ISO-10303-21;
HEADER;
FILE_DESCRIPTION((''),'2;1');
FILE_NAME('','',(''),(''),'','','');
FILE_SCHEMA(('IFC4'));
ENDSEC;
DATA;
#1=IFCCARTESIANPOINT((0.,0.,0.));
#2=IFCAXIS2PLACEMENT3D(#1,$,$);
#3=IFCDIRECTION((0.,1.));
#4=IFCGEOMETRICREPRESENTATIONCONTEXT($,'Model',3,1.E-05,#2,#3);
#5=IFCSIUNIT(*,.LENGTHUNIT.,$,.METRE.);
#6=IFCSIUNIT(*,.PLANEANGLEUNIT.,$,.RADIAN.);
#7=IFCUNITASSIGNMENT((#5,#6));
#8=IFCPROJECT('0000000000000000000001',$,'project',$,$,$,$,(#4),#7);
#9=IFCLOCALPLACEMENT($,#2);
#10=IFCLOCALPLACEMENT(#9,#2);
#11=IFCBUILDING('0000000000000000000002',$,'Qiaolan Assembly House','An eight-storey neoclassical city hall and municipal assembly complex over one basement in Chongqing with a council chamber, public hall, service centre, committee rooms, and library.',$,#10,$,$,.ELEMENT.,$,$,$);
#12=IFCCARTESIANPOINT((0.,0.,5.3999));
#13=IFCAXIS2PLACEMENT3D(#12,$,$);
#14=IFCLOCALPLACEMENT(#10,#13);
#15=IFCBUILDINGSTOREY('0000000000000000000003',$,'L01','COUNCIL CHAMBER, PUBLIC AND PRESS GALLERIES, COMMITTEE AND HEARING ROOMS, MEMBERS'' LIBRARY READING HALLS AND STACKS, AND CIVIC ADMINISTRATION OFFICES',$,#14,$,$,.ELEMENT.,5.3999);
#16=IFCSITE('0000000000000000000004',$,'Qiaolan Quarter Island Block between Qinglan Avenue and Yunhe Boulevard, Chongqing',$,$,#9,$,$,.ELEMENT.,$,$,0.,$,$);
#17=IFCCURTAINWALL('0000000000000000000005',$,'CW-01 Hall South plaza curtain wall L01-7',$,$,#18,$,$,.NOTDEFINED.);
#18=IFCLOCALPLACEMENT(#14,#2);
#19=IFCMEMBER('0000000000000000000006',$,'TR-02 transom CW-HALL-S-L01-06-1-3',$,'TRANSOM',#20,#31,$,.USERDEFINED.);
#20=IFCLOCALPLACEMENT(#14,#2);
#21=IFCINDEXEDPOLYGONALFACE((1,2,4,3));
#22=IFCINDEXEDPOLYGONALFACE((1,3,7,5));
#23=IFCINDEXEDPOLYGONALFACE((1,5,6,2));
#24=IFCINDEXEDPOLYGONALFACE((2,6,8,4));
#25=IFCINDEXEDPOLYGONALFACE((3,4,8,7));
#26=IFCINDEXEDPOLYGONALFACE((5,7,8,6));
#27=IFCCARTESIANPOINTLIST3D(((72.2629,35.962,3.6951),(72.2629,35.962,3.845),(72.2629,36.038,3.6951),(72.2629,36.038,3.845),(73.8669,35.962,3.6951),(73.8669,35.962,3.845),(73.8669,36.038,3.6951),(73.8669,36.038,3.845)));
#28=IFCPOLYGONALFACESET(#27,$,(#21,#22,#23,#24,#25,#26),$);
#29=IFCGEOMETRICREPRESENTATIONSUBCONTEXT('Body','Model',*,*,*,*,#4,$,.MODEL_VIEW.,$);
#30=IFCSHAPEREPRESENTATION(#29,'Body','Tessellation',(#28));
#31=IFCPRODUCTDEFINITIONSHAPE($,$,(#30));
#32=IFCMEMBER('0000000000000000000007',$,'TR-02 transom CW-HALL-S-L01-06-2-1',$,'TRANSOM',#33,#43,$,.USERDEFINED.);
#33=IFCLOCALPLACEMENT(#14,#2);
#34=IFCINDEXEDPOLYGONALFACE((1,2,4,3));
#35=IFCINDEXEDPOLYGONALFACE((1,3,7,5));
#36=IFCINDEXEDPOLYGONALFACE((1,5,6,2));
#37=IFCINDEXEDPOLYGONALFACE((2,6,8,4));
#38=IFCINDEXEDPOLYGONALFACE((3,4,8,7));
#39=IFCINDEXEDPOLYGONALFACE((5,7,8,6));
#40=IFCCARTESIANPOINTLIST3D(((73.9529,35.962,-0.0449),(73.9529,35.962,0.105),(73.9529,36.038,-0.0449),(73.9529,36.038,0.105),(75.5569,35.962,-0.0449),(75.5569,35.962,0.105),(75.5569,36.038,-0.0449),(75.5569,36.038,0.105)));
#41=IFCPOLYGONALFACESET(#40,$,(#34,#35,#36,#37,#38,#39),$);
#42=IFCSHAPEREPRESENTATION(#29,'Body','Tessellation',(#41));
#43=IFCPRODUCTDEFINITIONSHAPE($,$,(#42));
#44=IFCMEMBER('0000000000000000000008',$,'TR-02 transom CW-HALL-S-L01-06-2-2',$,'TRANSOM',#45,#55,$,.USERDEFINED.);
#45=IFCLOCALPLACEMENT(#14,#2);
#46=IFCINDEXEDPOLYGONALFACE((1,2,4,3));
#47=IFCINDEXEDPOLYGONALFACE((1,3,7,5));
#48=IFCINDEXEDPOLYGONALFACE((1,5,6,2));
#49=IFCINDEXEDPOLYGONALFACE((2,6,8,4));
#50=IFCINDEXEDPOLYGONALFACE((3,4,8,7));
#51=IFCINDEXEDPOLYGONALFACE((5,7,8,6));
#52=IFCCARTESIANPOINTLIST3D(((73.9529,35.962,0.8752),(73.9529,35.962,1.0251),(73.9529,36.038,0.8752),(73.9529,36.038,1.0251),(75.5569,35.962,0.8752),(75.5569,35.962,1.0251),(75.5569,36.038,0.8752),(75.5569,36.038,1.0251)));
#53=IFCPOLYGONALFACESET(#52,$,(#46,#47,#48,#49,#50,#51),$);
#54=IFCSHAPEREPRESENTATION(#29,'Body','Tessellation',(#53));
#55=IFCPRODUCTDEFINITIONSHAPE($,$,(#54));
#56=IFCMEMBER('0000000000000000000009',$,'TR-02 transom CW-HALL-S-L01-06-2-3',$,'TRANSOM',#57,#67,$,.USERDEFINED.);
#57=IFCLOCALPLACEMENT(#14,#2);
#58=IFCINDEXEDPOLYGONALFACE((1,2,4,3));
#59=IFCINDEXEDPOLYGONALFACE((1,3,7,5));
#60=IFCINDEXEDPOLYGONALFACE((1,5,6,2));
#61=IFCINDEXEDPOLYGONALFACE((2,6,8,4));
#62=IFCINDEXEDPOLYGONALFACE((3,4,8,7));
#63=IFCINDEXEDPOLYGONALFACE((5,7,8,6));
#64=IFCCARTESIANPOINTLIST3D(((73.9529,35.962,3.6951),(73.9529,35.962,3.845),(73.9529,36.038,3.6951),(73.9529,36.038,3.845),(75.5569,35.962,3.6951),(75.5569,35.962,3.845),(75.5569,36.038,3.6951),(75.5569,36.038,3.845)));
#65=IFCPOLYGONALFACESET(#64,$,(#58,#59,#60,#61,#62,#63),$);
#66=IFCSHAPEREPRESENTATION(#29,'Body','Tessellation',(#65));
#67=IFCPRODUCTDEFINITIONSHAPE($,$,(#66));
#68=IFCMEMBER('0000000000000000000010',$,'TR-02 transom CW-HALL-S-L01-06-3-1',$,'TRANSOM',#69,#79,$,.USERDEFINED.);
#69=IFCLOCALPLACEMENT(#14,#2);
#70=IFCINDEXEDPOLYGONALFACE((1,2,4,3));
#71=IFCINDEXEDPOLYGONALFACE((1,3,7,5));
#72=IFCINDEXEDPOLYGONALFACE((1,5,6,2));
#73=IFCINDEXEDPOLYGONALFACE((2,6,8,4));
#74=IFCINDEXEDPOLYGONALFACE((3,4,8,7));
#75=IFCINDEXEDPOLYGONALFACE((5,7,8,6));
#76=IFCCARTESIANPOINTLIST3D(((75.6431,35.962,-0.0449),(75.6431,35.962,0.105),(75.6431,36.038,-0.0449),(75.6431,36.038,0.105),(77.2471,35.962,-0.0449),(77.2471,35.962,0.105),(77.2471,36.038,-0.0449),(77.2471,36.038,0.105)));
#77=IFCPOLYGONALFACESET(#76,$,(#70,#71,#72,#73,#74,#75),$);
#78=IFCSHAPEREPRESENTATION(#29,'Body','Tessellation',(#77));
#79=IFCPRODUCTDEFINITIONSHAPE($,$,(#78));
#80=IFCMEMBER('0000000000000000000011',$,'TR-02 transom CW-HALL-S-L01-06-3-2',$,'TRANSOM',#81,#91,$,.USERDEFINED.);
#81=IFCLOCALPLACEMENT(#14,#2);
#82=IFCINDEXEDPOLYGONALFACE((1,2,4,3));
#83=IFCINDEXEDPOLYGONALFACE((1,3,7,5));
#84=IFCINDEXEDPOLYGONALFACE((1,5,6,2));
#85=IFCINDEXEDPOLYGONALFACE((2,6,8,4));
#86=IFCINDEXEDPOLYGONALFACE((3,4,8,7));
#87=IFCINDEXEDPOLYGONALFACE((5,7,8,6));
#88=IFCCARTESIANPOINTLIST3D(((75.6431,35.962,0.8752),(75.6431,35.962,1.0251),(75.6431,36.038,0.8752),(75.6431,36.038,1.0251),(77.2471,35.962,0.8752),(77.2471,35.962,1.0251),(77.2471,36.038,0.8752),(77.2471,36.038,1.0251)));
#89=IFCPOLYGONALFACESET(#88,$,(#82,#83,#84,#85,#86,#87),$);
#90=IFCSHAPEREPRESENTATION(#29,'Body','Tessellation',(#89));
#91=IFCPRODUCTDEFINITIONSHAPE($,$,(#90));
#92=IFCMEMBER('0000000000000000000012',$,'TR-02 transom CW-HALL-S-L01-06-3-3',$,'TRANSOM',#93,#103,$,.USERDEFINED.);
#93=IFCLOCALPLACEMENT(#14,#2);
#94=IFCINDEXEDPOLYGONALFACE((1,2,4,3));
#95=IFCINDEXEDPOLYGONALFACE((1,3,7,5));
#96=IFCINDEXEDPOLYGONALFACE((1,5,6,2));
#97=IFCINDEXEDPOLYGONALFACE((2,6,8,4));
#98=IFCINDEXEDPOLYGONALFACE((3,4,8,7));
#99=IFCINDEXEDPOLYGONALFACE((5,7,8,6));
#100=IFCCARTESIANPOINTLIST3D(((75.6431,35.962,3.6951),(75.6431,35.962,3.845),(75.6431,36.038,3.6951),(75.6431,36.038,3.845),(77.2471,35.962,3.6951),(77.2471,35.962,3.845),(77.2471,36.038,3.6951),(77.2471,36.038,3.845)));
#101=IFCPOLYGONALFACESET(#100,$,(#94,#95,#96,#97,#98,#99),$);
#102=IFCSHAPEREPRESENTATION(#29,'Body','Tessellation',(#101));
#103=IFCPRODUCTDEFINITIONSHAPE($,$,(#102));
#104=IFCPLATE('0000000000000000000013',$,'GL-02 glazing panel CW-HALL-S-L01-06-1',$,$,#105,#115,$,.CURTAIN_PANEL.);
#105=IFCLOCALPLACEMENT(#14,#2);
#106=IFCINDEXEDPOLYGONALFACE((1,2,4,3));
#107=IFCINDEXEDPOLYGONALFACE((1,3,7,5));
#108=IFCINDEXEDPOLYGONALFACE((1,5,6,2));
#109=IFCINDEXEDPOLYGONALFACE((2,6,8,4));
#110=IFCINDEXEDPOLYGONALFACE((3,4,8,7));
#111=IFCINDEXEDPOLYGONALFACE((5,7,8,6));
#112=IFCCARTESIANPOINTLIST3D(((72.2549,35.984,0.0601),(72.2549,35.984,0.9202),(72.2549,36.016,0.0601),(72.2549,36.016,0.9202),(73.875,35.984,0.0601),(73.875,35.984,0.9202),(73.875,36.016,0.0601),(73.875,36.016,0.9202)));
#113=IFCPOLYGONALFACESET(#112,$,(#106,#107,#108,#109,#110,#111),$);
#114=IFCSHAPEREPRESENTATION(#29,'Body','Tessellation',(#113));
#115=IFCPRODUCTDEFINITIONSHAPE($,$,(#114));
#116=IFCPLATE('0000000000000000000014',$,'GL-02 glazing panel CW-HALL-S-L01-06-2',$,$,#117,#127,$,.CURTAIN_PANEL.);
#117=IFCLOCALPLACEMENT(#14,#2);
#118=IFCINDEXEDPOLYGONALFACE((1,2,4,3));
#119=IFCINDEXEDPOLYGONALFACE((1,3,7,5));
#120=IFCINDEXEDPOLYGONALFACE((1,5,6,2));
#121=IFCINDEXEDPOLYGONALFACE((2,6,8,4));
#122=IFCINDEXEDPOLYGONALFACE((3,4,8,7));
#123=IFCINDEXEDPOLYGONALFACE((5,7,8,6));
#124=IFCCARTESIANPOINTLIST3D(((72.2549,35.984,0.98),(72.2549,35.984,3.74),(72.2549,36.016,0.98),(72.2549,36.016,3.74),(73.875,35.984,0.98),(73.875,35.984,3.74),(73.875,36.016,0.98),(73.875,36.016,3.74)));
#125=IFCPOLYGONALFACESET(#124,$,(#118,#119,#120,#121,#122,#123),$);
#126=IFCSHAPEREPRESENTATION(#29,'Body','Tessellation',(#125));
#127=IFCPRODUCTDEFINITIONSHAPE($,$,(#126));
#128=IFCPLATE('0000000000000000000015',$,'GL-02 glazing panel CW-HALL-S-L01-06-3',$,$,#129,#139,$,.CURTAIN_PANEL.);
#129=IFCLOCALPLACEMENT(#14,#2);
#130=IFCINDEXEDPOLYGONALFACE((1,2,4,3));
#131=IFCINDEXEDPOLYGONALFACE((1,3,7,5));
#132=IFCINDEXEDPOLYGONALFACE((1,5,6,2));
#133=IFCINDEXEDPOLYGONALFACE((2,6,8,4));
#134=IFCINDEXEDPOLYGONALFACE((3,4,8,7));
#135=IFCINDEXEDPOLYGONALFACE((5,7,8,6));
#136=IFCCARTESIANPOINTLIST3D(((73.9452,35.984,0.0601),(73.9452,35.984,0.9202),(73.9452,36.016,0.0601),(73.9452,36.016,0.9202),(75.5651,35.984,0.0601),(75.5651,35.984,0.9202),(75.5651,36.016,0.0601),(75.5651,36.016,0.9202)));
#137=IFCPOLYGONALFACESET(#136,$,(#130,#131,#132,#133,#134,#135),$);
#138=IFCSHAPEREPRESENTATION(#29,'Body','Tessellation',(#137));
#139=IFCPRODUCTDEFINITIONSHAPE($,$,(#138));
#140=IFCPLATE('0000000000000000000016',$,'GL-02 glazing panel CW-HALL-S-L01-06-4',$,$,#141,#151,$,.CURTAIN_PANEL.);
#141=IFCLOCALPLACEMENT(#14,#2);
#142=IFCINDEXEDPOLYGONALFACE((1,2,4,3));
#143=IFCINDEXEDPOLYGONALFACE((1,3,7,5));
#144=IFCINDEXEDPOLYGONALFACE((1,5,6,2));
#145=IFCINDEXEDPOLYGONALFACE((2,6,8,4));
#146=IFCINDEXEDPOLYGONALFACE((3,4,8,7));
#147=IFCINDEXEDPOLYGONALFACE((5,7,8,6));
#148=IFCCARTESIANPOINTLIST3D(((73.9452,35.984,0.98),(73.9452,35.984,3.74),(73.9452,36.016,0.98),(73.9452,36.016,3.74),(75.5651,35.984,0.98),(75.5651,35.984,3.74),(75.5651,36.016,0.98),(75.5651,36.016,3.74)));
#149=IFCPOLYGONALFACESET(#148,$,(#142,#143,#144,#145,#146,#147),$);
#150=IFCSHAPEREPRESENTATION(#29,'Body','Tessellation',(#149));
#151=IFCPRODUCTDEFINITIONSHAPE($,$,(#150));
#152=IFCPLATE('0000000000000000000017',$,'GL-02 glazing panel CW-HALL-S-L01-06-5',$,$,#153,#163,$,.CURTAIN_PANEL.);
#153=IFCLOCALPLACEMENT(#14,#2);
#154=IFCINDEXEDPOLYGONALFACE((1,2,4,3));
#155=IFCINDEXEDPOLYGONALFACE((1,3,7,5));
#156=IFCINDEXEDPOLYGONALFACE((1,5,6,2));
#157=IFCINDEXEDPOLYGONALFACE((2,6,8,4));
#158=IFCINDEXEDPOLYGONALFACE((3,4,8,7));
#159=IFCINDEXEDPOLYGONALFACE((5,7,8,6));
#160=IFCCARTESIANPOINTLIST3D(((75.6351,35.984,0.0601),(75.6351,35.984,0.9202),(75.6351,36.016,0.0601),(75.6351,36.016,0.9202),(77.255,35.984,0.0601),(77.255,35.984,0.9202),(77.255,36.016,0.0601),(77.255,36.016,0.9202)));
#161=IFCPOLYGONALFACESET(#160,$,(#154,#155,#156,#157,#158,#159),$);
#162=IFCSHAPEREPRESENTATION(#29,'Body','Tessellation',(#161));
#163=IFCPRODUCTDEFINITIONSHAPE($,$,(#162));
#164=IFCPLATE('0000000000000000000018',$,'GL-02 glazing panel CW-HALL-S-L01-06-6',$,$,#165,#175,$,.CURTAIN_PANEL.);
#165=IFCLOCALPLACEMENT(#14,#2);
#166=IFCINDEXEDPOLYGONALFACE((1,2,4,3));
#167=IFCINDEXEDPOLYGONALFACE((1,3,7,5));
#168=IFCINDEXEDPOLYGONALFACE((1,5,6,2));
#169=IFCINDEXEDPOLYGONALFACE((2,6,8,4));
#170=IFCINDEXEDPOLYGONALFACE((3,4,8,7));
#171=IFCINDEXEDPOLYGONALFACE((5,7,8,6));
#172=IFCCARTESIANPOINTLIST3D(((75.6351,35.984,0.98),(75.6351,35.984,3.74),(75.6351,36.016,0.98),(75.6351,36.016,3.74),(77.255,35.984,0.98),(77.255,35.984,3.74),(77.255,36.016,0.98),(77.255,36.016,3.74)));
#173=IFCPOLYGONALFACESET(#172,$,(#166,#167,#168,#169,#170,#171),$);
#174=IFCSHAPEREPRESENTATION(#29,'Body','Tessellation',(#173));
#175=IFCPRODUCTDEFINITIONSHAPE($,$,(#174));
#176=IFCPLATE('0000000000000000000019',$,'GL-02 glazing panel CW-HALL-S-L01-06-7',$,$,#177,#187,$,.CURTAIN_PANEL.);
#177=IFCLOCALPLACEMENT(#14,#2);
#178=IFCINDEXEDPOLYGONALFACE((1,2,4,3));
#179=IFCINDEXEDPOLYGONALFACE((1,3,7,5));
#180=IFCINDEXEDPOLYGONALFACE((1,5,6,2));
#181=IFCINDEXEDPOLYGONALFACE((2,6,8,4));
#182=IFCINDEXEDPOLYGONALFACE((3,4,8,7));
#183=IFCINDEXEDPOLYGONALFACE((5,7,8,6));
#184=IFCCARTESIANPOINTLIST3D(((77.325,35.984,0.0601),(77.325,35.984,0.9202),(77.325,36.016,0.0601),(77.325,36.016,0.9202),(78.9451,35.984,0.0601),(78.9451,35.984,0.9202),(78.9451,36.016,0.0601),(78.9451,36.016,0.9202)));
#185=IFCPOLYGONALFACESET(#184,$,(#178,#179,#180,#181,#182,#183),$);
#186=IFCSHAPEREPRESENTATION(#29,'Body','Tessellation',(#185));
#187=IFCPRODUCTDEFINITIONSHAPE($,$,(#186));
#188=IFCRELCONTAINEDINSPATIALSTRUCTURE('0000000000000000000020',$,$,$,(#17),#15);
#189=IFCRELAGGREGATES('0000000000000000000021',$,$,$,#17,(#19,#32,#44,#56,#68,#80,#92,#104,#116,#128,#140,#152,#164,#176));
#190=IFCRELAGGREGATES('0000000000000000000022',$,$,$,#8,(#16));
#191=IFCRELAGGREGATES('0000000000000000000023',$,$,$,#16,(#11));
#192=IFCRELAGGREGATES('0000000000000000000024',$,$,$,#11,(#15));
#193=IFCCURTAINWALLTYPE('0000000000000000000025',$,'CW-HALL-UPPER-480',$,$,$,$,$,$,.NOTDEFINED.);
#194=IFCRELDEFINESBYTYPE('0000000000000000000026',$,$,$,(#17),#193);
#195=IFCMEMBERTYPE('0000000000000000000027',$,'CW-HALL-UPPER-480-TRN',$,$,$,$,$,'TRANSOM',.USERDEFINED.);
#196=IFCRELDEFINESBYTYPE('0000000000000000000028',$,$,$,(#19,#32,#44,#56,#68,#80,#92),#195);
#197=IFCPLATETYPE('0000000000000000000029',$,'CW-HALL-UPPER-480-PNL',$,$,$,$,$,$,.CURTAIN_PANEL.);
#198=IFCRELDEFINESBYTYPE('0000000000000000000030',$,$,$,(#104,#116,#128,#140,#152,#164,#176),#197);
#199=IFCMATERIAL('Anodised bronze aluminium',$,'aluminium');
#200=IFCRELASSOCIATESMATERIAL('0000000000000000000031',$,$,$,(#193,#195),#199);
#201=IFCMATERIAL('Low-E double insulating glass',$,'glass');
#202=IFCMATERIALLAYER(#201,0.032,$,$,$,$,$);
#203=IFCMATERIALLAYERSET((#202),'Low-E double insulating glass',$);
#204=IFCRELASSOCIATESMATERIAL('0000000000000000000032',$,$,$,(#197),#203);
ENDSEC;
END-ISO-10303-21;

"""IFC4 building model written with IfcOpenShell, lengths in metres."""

from ifc_helpers import new_model, si_unit, direction, frame, frame_2d, origin, origin_2d, place, context, subcontext, project, spatial, rectangle, extrude, material, layer, layer_set, material_profile, profile_set, type_object, element, aggregate, save


model = new_model("IFC4")

# Units and contexts
model_context = context("Model", 3, precision=1e-05, world=origin(), true_north=direction((0.0, 1.0)))
body_context = subcontext(model_context, "Body", "Model", "MODEL_VIEW")
ifc_project = project(units=[si_unit("LENGTHUNIT", "METRE"), si_unit("PLANEANGLEUNIT", "RADIAN")], contexts=[model_context])

# Site, building, storey
site_placement = place(None, origin())
site = spatial("IfcSite", under=ifc_project, at=site_placement, Name="Qiaolan Quarter Island Block between Qinglan Avenue and Yunhe Boulevard, Chongqing", CompositionType="ELEMENT", RefElevation=0.0)
building_placement = place(site_placement, origin())
building = spatial("IfcBuilding", under=site, at=building_placement, Name="Qiaolan Assembly House", Description="An eight-storey neoclassical city hall and municipal assembly complex over one basement in Chongqing with a council chamber, public hall, service centre, committee rooms, and library.", CompositionType="ELEMENT")
storey_placement = place(building_placement, frame((0.0, 0.0, 5.3999)))
storey = spatial("IfcBuildingStorey", under=building, at=storey_placement, Name="L01", Description="COUNCIL CHAMBER, PUBLIC AND PRESS GALLERIES, COMMITTEE AND HEARING ROOMS, MEMBERS' LIBRARY READING HALLS AND STACKS, AND CIVIC ADMINISTRATION OFFICES", CompositionType="ELEMENT", Elevation=5.3999)

# Shared definitions
ifc_material_1 = material(Name="Anodised bronze aluminium", Category="aluminium")
curtain_wall_type = type_object("IfcCurtainWallType", Name="CW-HALL-UPPER-480", PredefinedType="NOTDEFINED", material=ifc_material_1)

# Curtain wall, members, plates
curtain_wall_1_placement = place(storey_placement, origin())
curtain_wall_1 = element("IfcCurtainWall", 1, at=curtain_wall_1_placement, inside=storey, type_object=curtain_wall_type, Name="CW-01 Hall South plaza curtain wall L01-7", PredefinedType="NOTDEFINED")
ifc_material_profile_1 = material_profile(ifc_material_1, rectangle(XDim=0.0759, YDim=0.1499, at=origin_2d()), Name="TRN 76x150")
ifc_profile_set_1 = profile_set([ifc_material_profile_1], Name="Anodised bronze aluminium")
member_type_1 = type_object("IfcMemberType", Name="CW-HALL-UPPER-480-TRN", ElementType="TRANSOM", PredefinedType="USERDEFINED", material=ifc_profile_set_1)
member_1_placement = place(storey_placement, frame((72.2629, 36.0, 3.77), z_axis=(1.0, 0.0, 0.0), x_axis=(0.0, 1.0, 0.0)))
member_1 = element("IfcMember", 2, at=member_1_placement, type_object=member_type_1, Name="TR-02 transom CW-HALL-S-L01-06-1-3", ObjectType="TRANSOM", PredefinedType="USERDEFINED", context=body_context, shape_type="SweptSolid", body=[
    extrude(rectangle(XDim=0.0759, YDim=0.1499, at=origin_2d()), origin(), (0.0, 0.0, 1.0), 1.604),
])
member_2_placement = place(storey_placement, frame((73.9529, 36.0, 0.03), z_axis=(1.0, 0.0, 0.0), x_axis=(0.0, 1.0, 0.0)))
member_2 = element("IfcMember", 3, at=member_2_placement, type_object=member_type_1, Name="TR-02 transom CW-HALL-S-L01-06-2-1", ObjectType="TRANSOM", PredefinedType="USERDEFINED", context=body_context, shape_type="SweptSolid", body=[
    extrude(rectangle(XDim=0.0759, YDim=0.1499, at=origin_2d()), origin(), (0.0, 0.0, 1.0), 1.604),
])
member_3_placement = place(storey_placement, frame((73.9529, 36.0, 0.9502), z_axis=(1.0, 0.0, 0.0), x_axis=(0.0, 1.0, 0.0)))
member_3 = element("IfcMember", 4, at=member_3_placement, type_object=member_type_1, Name="TR-02 transom CW-HALL-S-L01-06-2-2", ObjectType="TRANSOM", PredefinedType="USERDEFINED", context=body_context, shape_type="SweptSolid", body=[
    extrude(rectangle(XDim=0.0759, YDim=0.1499, at=origin_2d()), origin(), (0.0, 0.0, 1.0), 1.604),
])
member_4_placement = place(storey_placement, frame((73.9529, 36.0, 3.77), z_axis=(1.0, 0.0, 0.0), x_axis=(0.0, 1.0, 0.0)))
member_4 = element("IfcMember", 5, at=member_4_placement, type_object=member_type_1, Name="TR-02 transom CW-HALL-S-L01-06-2-3", ObjectType="TRANSOM", PredefinedType="USERDEFINED", context=body_context, shape_type="SweptSolid", body=[
    extrude(rectangle(XDim=0.0759, YDim=0.1499, at=origin_2d()), origin(), (0.0, 0.0, 1.0), 1.604),
])
member_5_placement = place(storey_placement, frame((75.6431, 36.0, 0.03), z_axis=(1.0, 0.0, 0.0), x_axis=(0.0, 1.0, 0.0)))
member_5 = element("IfcMember", 6, at=member_5_placement, type_object=member_type_1, Name="TR-02 transom CW-HALL-S-L01-06-3-1", ObjectType="TRANSOM", PredefinedType="USERDEFINED", context=body_context, shape_type="SweptSolid", body=[
    extrude(rectangle(XDim=0.0759, YDim=0.1499, at=origin_2d()), origin(), (0.0, 0.0, 1.0), 1.604),
])
member_6_placement = place(storey_placement, frame((75.6431, 36.0, 0.9502), z_axis=(1.0, 0.0, 0.0), x_axis=(0.0, 1.0, 0.0)))
member_6 = element("IfcMember", 7, at=member_6_placement, type_object=member_type_1, Name="TR-02 transom CW-HALL-S-L01-06-3-2", ObjectType="TRANSOM", PredefinedType="USERDEFINED", context=body_context, shape_type="SweptSolid", body=[
    extrude(rectangle(XDim=0.0759, YDim=0.1499, at=origin_2d()), origin(), (0.0, 0.0, 1.0), 1.604),
])
member_7_placement = place(storey_placement, frame((75.6431, 36.0, 3.77), z_axis=(1.0, 0.0, 0.0), x_axis=(0.0, 1.0, 0.0)))
member_7 = element("IfcMember", 8, at=member_7_placement, type_object=member_type_1, Name="TR-02 transom CW-HALL-S-L01-06-3-3", ObjectType="TRANSOM", PredefinedType="USERDEFINED", context=body_context, shape_type="SweptSolid", body=[
    extrude(rectangle(XDim=0.0759, YDim=0.1499, at=origin_2d()), origin(), (0.0, 0.0, 1.0), 1.604),
])
ifc_material_2 = material(Name="Low-E double insulating glass", Category="glass")
ifc_layer = layer(ifc_material_2, 0.032)
ifc_layer_set = layer_set([ifc_layer], Name="Low-E double insulating glass")
plate_type = type_object("IfcPlateType", Name="CW-HALL-UPPER-480-PNL", PredefinedType="CURTAIN_PANEL", material=ifc_layer_set)
plate_1_placement = place(storey_placement, frame((72.2549, 36.0, 0.0601), z_axis=(0.0, 0.0, 1.0), x_axis=(1.0, 0.0, 0.0)))
plate_1 = element("IfcPlate", 9, at=plate_1_placement, type_object=plate_type, Name="GL-02 glazing panel CW-HALL-S-L01-06-1", PredefinedType="CURTAIN_PANEL", context=body_context, shape_type="SweptSolid", body=[
    extrude(rectangle(XDim=1.6201, YDim=0.032, at=frame_2d((0.8101, 0.0))), origin(), (0.0, 0.0, 1.0), 0.8601),
])
plate_2_placement = place(storey_placement, frame((72.2549, 36.0, 0.98), z_axis=(0.0, 0.0, 1.0), x_axis=(1.0, 0.0, 0.0)))
plate_2 = element("IfcPlate", 10, at=plate_2_placement, type_object=plate_type, Name="GL-02 glazing panel CW-HALL-S-L01-06-2", PredefinedType="CURTAIN_PANEL", context=body_context, shape_type="SweptSolid", body=[
    extrude(rectangle(XDim=1.6201, YDim=0.032, at=frame_2d((0.8101, 0.0))), origin(), (0.0, 0.0, 1.0), 2.76),
])
plate_3_placement = place(storey_placement, frame((73.9451, 36.0, 0.0601), z_axis=(0.0, 0.0, 1.0), x_axis=(1.0, 0.0, 0.0)))
plate_3 = element("IfcPlate", 11, at=plate_3_placement, type_object=plate_type, Name="GL-02 glazing panel CW-HALL-S-L01-06-3", PredefinedType="CURTAIN_PANEL", context=body_context, shape_type="SweptSolid", body=[
    extrude(rectangle(XDim=1.6199, YDim=0.032, at=frame_2d((0.8101, 0.0))), origin(), (0.0, 0.0, 1.0), 0.8601),
])
plate_4_placement = place(storey_placement, frame((73.9451, 36.0, 0.98), z_axis=(0.0, 0.0, 1.0), x_axis=(1.0, 0.0, 0.0)))
plate_4 = element("IfcPlate", 12, at=plate_4_placement, type_object=plate_type, Name="GL-02 glazing panel CW-HALL-S-L01-06-4", PredefinedType="CURTAIN_PANEL", context=body_context, shape_type="SweptSolid", body=[
    extrude(rectangle(XDim=1.6199, YDim=0.032, at=frame_2d((0.8101, 0.0))), origin(), (0.0, 0.0, 1.0), 2.76),
])
plate_5_placement = place(storey_placement, frame((75.635, 36.0, 0.0601), z_axis=(0.0, 0.0, 1.0), x_axis=(1.0, 0.0, 0.0)))
plate_5 = element("IfcPlate", 13, at=plate_5_placement, type_object=plate_type, Name="GL-02 glazing panel CW-HALL-S-L01-06-5", PredefinedType="CURTAIN_PANEL", context=body_context, shape_type="SweptSolid", body=[
    extrude(rectangle(XDim=1.6199, YDim=0.032, at=frame_2d((0.8101, 0.0))), origin(), (0.0, 0.0, 1.0), 0.8601),
])
plate_6_placement = place(storey_placement, frame((75.635, 36.0, 0.98), z_axis=(0.0, 0.0, 1.0), x_axis=(1.0, 0.0, 0.0)))
plate_6 = element("IfcPlate", 14, at=plate_6_placement, type_object=plate_type, Name="GL-02 glazing panel CW-HALL-S-L01-06-6", PredefinedType="CURTAIN_PANEL", context=body_context, shape_type="SweptSolid", body=[
    extrude(rectangle(XDim=1.6199, YDim=0.032, at=frame_2d((0.8101, 0.0))), origin(), (0.0, 0.0, 1.0), 2.76),
])
plate_7_placement = place(storey_placement, frame((77.325, 36.0, 0.0601), z_axis=(0.0, 0.0, 1.0), x_axis=(1.0, 0.0, 0.0)))
plate_7 = element("IfcPlate", 15, at=plate_7_placement, type_object=plate_type, Name="GL-02 glazing panel CW-HALL-S-L01-06-7", PredefinedType="CURTAIN_PANEL", context=body_context, shape_type="SweptSolid", body=[
    extrude(rectangle(XDim=1.6201, YDim=0.032, at=frame_2d((0.8101, 0.0))), origin(), (0.0, 0.0, 1.0), 0.8601),
])
aggregate(curtain_wall_1, [member_1, member_2, member_3, member_4, member_5, member_6, member_7, plate_1, plate_2, plate_3, plate_4, plate_5, plate_6, plate_7])

save(model, "model.ifc")
